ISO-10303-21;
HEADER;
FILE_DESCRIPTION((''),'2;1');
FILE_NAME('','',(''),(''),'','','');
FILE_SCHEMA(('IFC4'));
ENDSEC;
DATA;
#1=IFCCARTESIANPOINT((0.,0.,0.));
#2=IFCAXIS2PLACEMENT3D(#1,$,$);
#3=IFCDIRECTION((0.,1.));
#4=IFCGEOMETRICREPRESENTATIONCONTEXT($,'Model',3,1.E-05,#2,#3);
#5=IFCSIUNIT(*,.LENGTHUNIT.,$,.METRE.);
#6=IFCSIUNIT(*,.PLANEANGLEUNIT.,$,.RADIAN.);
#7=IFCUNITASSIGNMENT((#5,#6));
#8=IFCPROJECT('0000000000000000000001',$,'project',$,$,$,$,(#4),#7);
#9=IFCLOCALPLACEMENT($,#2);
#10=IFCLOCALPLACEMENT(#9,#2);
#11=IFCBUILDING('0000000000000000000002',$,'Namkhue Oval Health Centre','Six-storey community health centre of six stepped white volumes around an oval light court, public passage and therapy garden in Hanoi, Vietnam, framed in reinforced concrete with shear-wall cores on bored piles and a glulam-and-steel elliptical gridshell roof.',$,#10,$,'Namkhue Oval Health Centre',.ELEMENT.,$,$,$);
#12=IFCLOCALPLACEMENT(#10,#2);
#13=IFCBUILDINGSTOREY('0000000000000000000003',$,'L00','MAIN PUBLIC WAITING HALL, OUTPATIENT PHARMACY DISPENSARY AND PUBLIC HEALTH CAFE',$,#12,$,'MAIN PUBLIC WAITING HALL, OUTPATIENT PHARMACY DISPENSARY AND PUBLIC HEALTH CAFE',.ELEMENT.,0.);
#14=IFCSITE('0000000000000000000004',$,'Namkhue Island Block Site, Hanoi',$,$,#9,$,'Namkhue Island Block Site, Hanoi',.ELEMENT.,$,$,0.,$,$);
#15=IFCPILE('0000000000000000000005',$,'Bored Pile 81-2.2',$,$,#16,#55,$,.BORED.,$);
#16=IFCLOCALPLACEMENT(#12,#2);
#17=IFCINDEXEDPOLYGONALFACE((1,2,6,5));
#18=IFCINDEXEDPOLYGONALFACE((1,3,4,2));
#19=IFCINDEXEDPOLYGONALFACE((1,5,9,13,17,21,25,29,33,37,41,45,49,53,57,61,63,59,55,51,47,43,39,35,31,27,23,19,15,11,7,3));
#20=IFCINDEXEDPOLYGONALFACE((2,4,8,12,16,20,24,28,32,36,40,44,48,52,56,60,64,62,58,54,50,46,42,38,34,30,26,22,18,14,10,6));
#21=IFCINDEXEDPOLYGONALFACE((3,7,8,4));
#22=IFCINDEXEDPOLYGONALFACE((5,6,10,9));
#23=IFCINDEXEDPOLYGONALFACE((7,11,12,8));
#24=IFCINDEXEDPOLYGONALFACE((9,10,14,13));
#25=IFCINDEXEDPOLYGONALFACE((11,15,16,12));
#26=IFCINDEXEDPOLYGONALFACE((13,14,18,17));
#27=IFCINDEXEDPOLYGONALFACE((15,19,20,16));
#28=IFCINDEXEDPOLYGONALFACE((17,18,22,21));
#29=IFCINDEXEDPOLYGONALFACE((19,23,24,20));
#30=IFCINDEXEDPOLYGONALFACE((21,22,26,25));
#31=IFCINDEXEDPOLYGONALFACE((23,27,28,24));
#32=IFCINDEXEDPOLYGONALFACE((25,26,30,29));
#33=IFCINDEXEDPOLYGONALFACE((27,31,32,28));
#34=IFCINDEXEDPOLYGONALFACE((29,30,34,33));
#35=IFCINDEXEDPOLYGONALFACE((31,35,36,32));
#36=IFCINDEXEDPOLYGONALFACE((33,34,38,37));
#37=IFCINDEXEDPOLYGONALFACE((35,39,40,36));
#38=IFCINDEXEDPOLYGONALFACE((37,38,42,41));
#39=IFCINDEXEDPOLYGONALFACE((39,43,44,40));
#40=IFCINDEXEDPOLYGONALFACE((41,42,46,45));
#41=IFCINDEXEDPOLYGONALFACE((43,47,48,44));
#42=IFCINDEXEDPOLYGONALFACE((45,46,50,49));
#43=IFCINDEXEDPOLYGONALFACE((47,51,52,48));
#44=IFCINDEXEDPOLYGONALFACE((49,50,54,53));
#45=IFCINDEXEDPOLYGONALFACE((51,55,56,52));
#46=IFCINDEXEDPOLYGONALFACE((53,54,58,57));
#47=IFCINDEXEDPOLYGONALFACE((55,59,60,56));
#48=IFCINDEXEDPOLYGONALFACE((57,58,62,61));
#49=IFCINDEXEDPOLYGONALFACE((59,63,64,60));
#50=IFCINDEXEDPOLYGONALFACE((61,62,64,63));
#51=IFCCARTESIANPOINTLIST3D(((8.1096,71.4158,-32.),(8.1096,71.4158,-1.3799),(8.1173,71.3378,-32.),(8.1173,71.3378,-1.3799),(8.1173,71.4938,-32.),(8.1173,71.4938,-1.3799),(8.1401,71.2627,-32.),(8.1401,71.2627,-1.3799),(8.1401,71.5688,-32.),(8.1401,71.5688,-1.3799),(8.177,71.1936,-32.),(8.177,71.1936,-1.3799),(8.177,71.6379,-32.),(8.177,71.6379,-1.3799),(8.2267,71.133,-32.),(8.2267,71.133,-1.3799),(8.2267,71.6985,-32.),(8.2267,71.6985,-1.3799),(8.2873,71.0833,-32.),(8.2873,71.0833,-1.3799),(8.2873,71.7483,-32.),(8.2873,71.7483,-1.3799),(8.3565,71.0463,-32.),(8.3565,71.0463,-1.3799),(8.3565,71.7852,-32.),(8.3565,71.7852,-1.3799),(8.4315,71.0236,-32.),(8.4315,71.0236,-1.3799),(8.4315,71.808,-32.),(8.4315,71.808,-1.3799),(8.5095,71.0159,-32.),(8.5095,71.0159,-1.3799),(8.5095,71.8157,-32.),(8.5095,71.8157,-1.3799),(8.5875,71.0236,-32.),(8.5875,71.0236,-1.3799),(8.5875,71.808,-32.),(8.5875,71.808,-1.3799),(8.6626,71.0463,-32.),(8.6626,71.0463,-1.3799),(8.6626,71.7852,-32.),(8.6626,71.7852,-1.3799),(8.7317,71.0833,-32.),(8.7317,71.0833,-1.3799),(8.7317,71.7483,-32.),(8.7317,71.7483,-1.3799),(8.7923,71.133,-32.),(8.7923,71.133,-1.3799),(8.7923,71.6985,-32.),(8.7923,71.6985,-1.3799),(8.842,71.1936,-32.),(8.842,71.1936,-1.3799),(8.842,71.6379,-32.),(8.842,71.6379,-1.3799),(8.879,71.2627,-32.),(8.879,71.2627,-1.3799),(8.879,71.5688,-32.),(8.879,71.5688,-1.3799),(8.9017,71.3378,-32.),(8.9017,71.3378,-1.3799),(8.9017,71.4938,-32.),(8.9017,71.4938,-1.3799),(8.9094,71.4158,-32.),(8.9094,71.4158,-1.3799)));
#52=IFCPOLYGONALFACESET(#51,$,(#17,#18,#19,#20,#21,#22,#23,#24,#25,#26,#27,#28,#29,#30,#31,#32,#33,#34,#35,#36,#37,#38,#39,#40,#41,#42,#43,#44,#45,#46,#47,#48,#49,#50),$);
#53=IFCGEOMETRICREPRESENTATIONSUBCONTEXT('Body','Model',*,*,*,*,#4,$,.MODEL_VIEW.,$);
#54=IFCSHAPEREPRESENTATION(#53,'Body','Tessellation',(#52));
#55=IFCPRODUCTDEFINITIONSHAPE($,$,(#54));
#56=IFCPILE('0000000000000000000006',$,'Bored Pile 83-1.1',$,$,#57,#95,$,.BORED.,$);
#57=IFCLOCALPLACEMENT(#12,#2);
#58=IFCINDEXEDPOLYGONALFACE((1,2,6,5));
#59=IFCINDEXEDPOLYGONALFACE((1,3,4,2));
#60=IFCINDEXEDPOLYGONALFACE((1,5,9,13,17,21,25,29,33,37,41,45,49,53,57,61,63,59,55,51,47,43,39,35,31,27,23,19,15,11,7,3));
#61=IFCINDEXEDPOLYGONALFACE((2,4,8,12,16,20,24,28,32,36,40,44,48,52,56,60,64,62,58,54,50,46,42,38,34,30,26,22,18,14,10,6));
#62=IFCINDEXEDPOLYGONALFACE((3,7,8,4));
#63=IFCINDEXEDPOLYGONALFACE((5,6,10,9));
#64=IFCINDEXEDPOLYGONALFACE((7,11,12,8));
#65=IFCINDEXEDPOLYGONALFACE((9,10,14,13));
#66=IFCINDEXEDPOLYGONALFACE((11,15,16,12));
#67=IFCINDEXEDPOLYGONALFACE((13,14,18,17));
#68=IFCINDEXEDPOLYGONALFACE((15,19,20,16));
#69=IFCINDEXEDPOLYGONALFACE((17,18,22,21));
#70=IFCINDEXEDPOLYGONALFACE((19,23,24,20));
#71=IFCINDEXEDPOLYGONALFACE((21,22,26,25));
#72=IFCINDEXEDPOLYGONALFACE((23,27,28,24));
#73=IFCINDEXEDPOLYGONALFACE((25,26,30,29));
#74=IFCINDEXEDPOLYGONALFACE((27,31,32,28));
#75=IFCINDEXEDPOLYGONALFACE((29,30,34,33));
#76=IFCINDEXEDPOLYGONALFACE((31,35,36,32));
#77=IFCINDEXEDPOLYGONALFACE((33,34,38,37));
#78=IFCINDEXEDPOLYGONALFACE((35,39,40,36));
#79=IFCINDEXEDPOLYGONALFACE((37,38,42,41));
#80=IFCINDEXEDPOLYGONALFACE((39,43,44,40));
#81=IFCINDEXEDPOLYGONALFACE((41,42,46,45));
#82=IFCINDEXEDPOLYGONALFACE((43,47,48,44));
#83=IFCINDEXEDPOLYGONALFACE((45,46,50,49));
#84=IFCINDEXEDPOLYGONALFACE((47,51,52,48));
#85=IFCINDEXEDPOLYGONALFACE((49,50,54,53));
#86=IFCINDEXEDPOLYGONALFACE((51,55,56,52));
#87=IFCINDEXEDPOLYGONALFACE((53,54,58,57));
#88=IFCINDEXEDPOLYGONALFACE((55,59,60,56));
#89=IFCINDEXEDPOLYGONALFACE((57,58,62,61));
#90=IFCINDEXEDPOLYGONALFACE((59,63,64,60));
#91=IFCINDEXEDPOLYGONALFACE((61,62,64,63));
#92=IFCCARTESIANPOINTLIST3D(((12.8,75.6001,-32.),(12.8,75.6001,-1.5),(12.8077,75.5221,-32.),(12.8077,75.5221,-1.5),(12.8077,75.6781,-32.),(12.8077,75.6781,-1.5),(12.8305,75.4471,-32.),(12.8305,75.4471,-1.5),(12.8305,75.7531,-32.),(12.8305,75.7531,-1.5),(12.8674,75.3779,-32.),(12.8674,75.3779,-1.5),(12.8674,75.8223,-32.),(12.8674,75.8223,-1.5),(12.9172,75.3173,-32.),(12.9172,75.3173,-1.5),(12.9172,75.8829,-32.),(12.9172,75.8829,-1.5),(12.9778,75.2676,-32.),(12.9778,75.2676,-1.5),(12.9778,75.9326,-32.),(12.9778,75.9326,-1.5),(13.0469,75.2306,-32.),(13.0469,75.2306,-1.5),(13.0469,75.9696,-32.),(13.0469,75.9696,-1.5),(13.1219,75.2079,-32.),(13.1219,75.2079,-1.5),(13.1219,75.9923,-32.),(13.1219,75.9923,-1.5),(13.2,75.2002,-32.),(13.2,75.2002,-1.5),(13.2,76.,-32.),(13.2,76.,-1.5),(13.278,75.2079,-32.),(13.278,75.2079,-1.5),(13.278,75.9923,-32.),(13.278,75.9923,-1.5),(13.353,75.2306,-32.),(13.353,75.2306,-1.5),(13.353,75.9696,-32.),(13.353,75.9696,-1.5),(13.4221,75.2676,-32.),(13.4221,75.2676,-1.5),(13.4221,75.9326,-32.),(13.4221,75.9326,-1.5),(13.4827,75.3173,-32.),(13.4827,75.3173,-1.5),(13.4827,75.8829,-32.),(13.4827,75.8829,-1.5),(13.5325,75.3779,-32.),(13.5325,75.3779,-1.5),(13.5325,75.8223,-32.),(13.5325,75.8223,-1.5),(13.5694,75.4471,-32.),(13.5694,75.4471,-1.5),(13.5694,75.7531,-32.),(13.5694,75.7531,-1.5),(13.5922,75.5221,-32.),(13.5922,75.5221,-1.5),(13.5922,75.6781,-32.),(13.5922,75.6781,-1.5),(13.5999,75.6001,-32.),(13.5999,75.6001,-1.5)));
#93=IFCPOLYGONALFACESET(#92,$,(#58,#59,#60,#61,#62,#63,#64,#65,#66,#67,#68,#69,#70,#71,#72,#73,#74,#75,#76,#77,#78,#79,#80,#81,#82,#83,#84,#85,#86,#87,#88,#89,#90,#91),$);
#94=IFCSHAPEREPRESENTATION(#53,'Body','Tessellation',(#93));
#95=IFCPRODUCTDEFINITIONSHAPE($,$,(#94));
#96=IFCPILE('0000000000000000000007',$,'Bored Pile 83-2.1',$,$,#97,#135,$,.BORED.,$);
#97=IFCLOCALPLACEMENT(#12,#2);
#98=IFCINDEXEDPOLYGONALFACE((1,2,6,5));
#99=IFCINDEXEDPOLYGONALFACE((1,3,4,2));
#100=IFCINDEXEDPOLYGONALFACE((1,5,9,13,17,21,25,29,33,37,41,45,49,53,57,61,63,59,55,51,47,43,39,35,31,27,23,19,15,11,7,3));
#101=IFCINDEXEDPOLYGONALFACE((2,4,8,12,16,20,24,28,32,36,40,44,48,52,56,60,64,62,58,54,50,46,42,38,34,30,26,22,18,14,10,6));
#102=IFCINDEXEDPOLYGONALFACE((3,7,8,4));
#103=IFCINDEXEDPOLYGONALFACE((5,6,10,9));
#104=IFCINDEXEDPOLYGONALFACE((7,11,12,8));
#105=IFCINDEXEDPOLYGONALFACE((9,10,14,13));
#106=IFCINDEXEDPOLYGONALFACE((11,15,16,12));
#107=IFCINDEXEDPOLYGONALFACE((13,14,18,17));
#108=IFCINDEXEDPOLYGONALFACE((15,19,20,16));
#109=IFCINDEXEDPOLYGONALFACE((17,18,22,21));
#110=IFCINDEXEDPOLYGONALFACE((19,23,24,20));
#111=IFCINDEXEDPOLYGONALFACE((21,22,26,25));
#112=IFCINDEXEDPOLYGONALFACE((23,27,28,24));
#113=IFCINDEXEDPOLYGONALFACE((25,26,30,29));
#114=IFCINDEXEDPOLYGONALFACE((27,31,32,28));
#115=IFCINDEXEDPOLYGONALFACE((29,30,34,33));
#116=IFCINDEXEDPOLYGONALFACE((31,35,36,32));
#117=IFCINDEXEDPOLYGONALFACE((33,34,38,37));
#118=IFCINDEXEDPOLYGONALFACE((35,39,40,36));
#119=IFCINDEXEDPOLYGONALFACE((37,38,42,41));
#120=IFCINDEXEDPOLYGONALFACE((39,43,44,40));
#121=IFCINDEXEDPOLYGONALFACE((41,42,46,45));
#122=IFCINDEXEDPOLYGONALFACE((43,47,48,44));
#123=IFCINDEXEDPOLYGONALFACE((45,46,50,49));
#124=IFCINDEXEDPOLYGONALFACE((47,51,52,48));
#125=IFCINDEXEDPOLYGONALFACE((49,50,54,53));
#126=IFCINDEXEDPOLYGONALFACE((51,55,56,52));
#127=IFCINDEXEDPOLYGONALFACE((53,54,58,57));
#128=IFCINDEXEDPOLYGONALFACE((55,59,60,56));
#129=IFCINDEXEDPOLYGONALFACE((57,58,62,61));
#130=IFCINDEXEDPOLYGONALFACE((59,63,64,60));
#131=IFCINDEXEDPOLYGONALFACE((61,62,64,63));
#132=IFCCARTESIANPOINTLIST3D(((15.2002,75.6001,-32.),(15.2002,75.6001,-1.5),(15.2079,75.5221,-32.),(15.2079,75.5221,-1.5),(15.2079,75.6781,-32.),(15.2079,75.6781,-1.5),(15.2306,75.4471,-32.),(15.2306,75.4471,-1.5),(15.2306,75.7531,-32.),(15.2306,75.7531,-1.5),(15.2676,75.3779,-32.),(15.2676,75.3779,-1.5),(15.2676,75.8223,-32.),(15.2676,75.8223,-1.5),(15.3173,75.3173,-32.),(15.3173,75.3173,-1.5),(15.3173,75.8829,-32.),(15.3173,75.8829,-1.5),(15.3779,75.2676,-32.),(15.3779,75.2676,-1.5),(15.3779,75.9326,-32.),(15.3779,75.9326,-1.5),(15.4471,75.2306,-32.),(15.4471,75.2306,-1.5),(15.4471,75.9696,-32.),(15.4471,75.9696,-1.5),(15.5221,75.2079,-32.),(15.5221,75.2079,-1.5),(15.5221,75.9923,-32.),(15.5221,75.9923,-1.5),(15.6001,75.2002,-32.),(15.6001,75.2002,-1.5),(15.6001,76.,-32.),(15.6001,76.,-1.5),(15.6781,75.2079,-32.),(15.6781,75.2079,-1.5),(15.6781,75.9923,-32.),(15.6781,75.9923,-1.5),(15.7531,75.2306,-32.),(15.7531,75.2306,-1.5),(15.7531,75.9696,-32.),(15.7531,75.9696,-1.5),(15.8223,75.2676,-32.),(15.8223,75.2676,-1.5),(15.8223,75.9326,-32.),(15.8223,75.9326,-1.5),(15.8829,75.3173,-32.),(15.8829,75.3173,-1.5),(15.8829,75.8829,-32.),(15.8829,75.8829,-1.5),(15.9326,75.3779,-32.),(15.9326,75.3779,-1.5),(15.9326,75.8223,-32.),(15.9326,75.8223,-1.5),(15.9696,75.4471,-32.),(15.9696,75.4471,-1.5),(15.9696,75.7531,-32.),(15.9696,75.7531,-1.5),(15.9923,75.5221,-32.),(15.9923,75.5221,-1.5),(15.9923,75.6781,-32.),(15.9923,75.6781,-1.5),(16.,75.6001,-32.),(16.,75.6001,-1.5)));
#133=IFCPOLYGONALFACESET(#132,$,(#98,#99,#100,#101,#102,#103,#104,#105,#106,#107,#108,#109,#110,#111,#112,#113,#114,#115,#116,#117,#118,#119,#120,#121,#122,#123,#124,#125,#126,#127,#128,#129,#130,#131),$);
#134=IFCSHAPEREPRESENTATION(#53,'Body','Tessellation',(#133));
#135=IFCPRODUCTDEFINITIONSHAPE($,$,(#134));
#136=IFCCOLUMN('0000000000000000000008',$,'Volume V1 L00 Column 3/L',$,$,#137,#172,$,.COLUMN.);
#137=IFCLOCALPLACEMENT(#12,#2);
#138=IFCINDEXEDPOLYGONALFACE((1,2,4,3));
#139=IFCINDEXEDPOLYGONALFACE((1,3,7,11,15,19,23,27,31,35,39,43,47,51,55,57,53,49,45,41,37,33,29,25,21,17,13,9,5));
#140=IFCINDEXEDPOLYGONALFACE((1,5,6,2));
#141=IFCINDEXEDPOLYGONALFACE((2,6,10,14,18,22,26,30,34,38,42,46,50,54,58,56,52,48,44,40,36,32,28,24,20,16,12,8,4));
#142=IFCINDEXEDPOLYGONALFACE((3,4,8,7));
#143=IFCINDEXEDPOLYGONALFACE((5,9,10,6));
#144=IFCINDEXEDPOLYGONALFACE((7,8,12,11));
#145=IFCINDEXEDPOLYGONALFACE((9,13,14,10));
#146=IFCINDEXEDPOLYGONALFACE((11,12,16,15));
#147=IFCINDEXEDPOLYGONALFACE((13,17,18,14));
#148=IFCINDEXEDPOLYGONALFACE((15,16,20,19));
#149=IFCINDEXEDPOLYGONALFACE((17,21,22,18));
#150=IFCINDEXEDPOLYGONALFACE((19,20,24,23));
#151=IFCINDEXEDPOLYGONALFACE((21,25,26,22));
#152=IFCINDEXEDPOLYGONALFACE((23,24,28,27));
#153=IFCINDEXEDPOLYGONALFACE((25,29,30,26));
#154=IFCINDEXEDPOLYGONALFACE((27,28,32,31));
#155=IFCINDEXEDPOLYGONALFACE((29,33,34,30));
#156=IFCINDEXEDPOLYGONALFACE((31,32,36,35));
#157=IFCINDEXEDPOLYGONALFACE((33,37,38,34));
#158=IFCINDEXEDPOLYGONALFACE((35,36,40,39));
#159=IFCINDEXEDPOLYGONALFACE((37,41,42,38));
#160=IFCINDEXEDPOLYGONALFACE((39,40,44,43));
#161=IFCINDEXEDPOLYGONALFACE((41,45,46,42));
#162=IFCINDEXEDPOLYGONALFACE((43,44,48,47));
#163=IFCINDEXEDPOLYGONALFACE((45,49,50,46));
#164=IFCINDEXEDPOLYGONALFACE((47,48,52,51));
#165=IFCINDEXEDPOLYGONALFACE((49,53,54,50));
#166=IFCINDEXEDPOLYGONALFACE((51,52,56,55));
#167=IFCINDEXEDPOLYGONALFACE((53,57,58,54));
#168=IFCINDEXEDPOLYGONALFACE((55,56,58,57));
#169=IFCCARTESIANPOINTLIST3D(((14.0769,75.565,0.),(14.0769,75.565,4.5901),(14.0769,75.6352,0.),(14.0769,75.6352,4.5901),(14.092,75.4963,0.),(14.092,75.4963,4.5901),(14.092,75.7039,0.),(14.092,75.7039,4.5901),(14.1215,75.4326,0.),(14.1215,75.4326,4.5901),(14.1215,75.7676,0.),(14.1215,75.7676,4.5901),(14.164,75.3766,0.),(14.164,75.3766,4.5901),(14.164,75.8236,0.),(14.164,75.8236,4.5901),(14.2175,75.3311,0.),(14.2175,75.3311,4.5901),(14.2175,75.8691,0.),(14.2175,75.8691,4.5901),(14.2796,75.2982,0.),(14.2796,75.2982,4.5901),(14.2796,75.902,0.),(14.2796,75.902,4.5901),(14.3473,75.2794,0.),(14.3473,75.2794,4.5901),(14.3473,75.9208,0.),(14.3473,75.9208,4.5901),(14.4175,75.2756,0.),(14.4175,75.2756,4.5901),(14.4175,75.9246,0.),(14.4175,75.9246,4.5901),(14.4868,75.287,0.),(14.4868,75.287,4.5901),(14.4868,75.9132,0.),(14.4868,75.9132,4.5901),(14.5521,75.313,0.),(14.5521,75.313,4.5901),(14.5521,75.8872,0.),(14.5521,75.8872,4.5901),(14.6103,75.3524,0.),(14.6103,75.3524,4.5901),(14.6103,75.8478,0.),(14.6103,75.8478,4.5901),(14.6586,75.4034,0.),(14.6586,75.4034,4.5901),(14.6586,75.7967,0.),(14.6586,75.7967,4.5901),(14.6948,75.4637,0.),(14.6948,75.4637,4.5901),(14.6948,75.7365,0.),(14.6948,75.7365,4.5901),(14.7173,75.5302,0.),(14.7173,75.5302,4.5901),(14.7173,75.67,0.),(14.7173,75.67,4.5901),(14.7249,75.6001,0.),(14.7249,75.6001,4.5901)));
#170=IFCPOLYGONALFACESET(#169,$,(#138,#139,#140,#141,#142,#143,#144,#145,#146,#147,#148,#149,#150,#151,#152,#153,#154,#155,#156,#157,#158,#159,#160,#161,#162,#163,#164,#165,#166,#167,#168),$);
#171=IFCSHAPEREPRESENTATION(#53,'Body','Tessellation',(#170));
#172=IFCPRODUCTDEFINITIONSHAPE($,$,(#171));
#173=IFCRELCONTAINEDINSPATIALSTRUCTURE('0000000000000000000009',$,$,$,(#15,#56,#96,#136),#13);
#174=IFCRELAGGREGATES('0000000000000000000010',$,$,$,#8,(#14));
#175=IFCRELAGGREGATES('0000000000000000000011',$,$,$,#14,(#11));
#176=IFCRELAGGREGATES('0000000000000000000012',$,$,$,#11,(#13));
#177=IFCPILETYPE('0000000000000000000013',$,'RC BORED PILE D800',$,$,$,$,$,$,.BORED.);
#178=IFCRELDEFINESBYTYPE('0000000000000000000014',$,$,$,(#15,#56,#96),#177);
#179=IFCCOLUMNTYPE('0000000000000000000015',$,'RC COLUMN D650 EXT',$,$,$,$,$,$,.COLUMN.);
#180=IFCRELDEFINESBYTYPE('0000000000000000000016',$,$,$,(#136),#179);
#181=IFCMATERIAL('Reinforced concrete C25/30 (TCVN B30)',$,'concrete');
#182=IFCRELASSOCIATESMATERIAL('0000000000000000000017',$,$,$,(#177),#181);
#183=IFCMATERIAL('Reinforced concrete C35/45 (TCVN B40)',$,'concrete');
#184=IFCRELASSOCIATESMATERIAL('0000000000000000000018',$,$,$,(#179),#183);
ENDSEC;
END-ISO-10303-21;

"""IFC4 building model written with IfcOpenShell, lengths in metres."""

from ifc_helpers import new_model, si_unit, direction, frame, origin, origin_2d, place, context, subcontext, project, spatial, circle, extrude, material, material_profile, profile_set, type_object, element, save


model = new_model("IFC4")

# Units and contexts
model_context = context("Model", 3, precision=1e-05, world=origin(), true_north=direction((0.0, 1.0)))
body_context = subcontext(model_context, "Body", "Model", "MODEL_VIEW")
ifc_project = project(units=[si_unit("LENGTHUNIT", "METRE"), si_unit("PLANEANGLEUNIT", "RADIAN")], contexts=[model_context])

# Site, building, storey
site_placement = place(None, origin())
site = spatial("IfcSite", under=ifc_project, at=site_placement, Name="Namkhue Island Block Site, Hanoi", LongName="Namkhue Island Block Site, Hanoi", CompositionType="ELEMENT", RefElevation=0.0)
building_placement = place(site_placement, origin())
building = spatial("IfcBuilding", under=site, at=building_placement, Name="Namkhue Oval Health Centre", Description="Six-storey community health centre of six stepped white volumes around an oval light court, public passage and therapy garden in Hanoi, Vietnam, framed in reinforced concrete with shear-wall cores on bored piles and a glulam-and-steel elliptical gridshell roof.", LongName="Namkhue Oval Health Centre", CompositionType="ELEMENT")
storey_placement = place(building_placement, origin())
storey = spatial("IfcBuildingStorey", under=building, at=storey_placement, Name="L00", Description="MAIN PUBLIC WAITING HALL, OUTPATIENT PHARMACY DISPENSARY AND PUBLIC HEALTH CAFE", LongName="MAIN PUBLIC WAITING HALL, OUTPATIENT PHARMACY DISPENSARY AND PUBLIC HEALTH CAFE", CompositionType="ELEMENT", Elevation=0.0)

# Piles
ifc_material_1 = material(Name="Reinforced concrete C25/30 (TCVN B30)", Category="concrete")
ifc_material_profile_1 = material_profile(ifc_material_1, circle(Radius=0.3999, at=origin_2d()), Name="BORED PILE D800")
ifc_profile_set_1 = profile_set([ifc_material_profile_1], Name="Reinforced concrete C25/30 (TCVN B30)")
pile_type = type_object("IfcPileType", Name="RC BORED PILE D800", PredefinedType="BORED", material=ifc_profile_set_1)
for number, where, z_axis, x_axis, name in (
    (1, (8.5095, 71.4158, -1.3799), (0.0, 0.0, -1.0), (1.0, 0.0, 0.0), "Bored Pile 81-2.2"),
):
    element("IfcPile", number, at=place(storey_placement, frame(where, z_axis=z_axis, x_axis=x_axis)), inside=storey, type_object=pile_type, Name=name, PredefinedType="BORED", context=body_context, shape_type="SweptSolid", body=[
        extrude(circle(Radius=0.3999, at=origin_2d()), origin(), (0.0, 0.0, 1.0), 30.6201),
    ])
for number, where, z_axis, x_axis, name in (
    (2, (13.2, 75.6001, -1.5), (0.0, 0.0, -1.0), (1.0, 0.0, 0.0), "Bored Pile 83-1.1"),
    (3, (15.6001, 75.6001, -1.5), (0.0, 0.0, -1.0), (1.0, 0.0, 0.0), "Bored Pile 83-2.1"),
):
    element("IfcPile", number, at=place(storey_placement, frame(where, z_axis=z_axis, x_axis=x_axis)), inside=storey, type_object=pile_type, Name=name, PredefinedType="BORED", context=body_context, shape_type="SweptSolid", body=[
        extrude(circle(Radius=0.3999, at=origin_2d()), origin(), (0.0, 0.0, 1.0), 30.5),
    ])

# Column
ifc_material_2 = material(Name="Reinforced concrete C35/45 (TCVN B40)", Category="concrete")
ifc_material_profile_2 = material_profile(ifc_material_2, circle(Radius=0.325, at=origin_2d()), Name="RC D650")
ifc_profile_set_2 = profile_set([ifc_material_profile_2], Name="Reinforced concrete C35/45 (TCVN B40)")
column_type_1 = type_object("IfcColumnType", Name="RC COLUMN D650 EXT", PredefinedType="COLUMN", material=ifc_profile_set_2)
column_1_placement = place(storey_placement, frame((14.3999, 75.6001, 0.0), z_axis=(0.0, 0.0, 1.0), x_axis=(1.0, 0.0, 0.0)))
element("IfcColumn", 4, at=column_1_placement, inside=storey, type_object=column_type_1, Name="Volume V1 L00 Column 3/L", PredefinedType="COLUMN", context=body_context, shape_type="SweptSolid", body=[
    extrude(circle(Radius=0.325, at=origin_2d()), origin(), (0.0, 0.0, 1.0), 4.5901),
])

save(model, "model.ifc")
